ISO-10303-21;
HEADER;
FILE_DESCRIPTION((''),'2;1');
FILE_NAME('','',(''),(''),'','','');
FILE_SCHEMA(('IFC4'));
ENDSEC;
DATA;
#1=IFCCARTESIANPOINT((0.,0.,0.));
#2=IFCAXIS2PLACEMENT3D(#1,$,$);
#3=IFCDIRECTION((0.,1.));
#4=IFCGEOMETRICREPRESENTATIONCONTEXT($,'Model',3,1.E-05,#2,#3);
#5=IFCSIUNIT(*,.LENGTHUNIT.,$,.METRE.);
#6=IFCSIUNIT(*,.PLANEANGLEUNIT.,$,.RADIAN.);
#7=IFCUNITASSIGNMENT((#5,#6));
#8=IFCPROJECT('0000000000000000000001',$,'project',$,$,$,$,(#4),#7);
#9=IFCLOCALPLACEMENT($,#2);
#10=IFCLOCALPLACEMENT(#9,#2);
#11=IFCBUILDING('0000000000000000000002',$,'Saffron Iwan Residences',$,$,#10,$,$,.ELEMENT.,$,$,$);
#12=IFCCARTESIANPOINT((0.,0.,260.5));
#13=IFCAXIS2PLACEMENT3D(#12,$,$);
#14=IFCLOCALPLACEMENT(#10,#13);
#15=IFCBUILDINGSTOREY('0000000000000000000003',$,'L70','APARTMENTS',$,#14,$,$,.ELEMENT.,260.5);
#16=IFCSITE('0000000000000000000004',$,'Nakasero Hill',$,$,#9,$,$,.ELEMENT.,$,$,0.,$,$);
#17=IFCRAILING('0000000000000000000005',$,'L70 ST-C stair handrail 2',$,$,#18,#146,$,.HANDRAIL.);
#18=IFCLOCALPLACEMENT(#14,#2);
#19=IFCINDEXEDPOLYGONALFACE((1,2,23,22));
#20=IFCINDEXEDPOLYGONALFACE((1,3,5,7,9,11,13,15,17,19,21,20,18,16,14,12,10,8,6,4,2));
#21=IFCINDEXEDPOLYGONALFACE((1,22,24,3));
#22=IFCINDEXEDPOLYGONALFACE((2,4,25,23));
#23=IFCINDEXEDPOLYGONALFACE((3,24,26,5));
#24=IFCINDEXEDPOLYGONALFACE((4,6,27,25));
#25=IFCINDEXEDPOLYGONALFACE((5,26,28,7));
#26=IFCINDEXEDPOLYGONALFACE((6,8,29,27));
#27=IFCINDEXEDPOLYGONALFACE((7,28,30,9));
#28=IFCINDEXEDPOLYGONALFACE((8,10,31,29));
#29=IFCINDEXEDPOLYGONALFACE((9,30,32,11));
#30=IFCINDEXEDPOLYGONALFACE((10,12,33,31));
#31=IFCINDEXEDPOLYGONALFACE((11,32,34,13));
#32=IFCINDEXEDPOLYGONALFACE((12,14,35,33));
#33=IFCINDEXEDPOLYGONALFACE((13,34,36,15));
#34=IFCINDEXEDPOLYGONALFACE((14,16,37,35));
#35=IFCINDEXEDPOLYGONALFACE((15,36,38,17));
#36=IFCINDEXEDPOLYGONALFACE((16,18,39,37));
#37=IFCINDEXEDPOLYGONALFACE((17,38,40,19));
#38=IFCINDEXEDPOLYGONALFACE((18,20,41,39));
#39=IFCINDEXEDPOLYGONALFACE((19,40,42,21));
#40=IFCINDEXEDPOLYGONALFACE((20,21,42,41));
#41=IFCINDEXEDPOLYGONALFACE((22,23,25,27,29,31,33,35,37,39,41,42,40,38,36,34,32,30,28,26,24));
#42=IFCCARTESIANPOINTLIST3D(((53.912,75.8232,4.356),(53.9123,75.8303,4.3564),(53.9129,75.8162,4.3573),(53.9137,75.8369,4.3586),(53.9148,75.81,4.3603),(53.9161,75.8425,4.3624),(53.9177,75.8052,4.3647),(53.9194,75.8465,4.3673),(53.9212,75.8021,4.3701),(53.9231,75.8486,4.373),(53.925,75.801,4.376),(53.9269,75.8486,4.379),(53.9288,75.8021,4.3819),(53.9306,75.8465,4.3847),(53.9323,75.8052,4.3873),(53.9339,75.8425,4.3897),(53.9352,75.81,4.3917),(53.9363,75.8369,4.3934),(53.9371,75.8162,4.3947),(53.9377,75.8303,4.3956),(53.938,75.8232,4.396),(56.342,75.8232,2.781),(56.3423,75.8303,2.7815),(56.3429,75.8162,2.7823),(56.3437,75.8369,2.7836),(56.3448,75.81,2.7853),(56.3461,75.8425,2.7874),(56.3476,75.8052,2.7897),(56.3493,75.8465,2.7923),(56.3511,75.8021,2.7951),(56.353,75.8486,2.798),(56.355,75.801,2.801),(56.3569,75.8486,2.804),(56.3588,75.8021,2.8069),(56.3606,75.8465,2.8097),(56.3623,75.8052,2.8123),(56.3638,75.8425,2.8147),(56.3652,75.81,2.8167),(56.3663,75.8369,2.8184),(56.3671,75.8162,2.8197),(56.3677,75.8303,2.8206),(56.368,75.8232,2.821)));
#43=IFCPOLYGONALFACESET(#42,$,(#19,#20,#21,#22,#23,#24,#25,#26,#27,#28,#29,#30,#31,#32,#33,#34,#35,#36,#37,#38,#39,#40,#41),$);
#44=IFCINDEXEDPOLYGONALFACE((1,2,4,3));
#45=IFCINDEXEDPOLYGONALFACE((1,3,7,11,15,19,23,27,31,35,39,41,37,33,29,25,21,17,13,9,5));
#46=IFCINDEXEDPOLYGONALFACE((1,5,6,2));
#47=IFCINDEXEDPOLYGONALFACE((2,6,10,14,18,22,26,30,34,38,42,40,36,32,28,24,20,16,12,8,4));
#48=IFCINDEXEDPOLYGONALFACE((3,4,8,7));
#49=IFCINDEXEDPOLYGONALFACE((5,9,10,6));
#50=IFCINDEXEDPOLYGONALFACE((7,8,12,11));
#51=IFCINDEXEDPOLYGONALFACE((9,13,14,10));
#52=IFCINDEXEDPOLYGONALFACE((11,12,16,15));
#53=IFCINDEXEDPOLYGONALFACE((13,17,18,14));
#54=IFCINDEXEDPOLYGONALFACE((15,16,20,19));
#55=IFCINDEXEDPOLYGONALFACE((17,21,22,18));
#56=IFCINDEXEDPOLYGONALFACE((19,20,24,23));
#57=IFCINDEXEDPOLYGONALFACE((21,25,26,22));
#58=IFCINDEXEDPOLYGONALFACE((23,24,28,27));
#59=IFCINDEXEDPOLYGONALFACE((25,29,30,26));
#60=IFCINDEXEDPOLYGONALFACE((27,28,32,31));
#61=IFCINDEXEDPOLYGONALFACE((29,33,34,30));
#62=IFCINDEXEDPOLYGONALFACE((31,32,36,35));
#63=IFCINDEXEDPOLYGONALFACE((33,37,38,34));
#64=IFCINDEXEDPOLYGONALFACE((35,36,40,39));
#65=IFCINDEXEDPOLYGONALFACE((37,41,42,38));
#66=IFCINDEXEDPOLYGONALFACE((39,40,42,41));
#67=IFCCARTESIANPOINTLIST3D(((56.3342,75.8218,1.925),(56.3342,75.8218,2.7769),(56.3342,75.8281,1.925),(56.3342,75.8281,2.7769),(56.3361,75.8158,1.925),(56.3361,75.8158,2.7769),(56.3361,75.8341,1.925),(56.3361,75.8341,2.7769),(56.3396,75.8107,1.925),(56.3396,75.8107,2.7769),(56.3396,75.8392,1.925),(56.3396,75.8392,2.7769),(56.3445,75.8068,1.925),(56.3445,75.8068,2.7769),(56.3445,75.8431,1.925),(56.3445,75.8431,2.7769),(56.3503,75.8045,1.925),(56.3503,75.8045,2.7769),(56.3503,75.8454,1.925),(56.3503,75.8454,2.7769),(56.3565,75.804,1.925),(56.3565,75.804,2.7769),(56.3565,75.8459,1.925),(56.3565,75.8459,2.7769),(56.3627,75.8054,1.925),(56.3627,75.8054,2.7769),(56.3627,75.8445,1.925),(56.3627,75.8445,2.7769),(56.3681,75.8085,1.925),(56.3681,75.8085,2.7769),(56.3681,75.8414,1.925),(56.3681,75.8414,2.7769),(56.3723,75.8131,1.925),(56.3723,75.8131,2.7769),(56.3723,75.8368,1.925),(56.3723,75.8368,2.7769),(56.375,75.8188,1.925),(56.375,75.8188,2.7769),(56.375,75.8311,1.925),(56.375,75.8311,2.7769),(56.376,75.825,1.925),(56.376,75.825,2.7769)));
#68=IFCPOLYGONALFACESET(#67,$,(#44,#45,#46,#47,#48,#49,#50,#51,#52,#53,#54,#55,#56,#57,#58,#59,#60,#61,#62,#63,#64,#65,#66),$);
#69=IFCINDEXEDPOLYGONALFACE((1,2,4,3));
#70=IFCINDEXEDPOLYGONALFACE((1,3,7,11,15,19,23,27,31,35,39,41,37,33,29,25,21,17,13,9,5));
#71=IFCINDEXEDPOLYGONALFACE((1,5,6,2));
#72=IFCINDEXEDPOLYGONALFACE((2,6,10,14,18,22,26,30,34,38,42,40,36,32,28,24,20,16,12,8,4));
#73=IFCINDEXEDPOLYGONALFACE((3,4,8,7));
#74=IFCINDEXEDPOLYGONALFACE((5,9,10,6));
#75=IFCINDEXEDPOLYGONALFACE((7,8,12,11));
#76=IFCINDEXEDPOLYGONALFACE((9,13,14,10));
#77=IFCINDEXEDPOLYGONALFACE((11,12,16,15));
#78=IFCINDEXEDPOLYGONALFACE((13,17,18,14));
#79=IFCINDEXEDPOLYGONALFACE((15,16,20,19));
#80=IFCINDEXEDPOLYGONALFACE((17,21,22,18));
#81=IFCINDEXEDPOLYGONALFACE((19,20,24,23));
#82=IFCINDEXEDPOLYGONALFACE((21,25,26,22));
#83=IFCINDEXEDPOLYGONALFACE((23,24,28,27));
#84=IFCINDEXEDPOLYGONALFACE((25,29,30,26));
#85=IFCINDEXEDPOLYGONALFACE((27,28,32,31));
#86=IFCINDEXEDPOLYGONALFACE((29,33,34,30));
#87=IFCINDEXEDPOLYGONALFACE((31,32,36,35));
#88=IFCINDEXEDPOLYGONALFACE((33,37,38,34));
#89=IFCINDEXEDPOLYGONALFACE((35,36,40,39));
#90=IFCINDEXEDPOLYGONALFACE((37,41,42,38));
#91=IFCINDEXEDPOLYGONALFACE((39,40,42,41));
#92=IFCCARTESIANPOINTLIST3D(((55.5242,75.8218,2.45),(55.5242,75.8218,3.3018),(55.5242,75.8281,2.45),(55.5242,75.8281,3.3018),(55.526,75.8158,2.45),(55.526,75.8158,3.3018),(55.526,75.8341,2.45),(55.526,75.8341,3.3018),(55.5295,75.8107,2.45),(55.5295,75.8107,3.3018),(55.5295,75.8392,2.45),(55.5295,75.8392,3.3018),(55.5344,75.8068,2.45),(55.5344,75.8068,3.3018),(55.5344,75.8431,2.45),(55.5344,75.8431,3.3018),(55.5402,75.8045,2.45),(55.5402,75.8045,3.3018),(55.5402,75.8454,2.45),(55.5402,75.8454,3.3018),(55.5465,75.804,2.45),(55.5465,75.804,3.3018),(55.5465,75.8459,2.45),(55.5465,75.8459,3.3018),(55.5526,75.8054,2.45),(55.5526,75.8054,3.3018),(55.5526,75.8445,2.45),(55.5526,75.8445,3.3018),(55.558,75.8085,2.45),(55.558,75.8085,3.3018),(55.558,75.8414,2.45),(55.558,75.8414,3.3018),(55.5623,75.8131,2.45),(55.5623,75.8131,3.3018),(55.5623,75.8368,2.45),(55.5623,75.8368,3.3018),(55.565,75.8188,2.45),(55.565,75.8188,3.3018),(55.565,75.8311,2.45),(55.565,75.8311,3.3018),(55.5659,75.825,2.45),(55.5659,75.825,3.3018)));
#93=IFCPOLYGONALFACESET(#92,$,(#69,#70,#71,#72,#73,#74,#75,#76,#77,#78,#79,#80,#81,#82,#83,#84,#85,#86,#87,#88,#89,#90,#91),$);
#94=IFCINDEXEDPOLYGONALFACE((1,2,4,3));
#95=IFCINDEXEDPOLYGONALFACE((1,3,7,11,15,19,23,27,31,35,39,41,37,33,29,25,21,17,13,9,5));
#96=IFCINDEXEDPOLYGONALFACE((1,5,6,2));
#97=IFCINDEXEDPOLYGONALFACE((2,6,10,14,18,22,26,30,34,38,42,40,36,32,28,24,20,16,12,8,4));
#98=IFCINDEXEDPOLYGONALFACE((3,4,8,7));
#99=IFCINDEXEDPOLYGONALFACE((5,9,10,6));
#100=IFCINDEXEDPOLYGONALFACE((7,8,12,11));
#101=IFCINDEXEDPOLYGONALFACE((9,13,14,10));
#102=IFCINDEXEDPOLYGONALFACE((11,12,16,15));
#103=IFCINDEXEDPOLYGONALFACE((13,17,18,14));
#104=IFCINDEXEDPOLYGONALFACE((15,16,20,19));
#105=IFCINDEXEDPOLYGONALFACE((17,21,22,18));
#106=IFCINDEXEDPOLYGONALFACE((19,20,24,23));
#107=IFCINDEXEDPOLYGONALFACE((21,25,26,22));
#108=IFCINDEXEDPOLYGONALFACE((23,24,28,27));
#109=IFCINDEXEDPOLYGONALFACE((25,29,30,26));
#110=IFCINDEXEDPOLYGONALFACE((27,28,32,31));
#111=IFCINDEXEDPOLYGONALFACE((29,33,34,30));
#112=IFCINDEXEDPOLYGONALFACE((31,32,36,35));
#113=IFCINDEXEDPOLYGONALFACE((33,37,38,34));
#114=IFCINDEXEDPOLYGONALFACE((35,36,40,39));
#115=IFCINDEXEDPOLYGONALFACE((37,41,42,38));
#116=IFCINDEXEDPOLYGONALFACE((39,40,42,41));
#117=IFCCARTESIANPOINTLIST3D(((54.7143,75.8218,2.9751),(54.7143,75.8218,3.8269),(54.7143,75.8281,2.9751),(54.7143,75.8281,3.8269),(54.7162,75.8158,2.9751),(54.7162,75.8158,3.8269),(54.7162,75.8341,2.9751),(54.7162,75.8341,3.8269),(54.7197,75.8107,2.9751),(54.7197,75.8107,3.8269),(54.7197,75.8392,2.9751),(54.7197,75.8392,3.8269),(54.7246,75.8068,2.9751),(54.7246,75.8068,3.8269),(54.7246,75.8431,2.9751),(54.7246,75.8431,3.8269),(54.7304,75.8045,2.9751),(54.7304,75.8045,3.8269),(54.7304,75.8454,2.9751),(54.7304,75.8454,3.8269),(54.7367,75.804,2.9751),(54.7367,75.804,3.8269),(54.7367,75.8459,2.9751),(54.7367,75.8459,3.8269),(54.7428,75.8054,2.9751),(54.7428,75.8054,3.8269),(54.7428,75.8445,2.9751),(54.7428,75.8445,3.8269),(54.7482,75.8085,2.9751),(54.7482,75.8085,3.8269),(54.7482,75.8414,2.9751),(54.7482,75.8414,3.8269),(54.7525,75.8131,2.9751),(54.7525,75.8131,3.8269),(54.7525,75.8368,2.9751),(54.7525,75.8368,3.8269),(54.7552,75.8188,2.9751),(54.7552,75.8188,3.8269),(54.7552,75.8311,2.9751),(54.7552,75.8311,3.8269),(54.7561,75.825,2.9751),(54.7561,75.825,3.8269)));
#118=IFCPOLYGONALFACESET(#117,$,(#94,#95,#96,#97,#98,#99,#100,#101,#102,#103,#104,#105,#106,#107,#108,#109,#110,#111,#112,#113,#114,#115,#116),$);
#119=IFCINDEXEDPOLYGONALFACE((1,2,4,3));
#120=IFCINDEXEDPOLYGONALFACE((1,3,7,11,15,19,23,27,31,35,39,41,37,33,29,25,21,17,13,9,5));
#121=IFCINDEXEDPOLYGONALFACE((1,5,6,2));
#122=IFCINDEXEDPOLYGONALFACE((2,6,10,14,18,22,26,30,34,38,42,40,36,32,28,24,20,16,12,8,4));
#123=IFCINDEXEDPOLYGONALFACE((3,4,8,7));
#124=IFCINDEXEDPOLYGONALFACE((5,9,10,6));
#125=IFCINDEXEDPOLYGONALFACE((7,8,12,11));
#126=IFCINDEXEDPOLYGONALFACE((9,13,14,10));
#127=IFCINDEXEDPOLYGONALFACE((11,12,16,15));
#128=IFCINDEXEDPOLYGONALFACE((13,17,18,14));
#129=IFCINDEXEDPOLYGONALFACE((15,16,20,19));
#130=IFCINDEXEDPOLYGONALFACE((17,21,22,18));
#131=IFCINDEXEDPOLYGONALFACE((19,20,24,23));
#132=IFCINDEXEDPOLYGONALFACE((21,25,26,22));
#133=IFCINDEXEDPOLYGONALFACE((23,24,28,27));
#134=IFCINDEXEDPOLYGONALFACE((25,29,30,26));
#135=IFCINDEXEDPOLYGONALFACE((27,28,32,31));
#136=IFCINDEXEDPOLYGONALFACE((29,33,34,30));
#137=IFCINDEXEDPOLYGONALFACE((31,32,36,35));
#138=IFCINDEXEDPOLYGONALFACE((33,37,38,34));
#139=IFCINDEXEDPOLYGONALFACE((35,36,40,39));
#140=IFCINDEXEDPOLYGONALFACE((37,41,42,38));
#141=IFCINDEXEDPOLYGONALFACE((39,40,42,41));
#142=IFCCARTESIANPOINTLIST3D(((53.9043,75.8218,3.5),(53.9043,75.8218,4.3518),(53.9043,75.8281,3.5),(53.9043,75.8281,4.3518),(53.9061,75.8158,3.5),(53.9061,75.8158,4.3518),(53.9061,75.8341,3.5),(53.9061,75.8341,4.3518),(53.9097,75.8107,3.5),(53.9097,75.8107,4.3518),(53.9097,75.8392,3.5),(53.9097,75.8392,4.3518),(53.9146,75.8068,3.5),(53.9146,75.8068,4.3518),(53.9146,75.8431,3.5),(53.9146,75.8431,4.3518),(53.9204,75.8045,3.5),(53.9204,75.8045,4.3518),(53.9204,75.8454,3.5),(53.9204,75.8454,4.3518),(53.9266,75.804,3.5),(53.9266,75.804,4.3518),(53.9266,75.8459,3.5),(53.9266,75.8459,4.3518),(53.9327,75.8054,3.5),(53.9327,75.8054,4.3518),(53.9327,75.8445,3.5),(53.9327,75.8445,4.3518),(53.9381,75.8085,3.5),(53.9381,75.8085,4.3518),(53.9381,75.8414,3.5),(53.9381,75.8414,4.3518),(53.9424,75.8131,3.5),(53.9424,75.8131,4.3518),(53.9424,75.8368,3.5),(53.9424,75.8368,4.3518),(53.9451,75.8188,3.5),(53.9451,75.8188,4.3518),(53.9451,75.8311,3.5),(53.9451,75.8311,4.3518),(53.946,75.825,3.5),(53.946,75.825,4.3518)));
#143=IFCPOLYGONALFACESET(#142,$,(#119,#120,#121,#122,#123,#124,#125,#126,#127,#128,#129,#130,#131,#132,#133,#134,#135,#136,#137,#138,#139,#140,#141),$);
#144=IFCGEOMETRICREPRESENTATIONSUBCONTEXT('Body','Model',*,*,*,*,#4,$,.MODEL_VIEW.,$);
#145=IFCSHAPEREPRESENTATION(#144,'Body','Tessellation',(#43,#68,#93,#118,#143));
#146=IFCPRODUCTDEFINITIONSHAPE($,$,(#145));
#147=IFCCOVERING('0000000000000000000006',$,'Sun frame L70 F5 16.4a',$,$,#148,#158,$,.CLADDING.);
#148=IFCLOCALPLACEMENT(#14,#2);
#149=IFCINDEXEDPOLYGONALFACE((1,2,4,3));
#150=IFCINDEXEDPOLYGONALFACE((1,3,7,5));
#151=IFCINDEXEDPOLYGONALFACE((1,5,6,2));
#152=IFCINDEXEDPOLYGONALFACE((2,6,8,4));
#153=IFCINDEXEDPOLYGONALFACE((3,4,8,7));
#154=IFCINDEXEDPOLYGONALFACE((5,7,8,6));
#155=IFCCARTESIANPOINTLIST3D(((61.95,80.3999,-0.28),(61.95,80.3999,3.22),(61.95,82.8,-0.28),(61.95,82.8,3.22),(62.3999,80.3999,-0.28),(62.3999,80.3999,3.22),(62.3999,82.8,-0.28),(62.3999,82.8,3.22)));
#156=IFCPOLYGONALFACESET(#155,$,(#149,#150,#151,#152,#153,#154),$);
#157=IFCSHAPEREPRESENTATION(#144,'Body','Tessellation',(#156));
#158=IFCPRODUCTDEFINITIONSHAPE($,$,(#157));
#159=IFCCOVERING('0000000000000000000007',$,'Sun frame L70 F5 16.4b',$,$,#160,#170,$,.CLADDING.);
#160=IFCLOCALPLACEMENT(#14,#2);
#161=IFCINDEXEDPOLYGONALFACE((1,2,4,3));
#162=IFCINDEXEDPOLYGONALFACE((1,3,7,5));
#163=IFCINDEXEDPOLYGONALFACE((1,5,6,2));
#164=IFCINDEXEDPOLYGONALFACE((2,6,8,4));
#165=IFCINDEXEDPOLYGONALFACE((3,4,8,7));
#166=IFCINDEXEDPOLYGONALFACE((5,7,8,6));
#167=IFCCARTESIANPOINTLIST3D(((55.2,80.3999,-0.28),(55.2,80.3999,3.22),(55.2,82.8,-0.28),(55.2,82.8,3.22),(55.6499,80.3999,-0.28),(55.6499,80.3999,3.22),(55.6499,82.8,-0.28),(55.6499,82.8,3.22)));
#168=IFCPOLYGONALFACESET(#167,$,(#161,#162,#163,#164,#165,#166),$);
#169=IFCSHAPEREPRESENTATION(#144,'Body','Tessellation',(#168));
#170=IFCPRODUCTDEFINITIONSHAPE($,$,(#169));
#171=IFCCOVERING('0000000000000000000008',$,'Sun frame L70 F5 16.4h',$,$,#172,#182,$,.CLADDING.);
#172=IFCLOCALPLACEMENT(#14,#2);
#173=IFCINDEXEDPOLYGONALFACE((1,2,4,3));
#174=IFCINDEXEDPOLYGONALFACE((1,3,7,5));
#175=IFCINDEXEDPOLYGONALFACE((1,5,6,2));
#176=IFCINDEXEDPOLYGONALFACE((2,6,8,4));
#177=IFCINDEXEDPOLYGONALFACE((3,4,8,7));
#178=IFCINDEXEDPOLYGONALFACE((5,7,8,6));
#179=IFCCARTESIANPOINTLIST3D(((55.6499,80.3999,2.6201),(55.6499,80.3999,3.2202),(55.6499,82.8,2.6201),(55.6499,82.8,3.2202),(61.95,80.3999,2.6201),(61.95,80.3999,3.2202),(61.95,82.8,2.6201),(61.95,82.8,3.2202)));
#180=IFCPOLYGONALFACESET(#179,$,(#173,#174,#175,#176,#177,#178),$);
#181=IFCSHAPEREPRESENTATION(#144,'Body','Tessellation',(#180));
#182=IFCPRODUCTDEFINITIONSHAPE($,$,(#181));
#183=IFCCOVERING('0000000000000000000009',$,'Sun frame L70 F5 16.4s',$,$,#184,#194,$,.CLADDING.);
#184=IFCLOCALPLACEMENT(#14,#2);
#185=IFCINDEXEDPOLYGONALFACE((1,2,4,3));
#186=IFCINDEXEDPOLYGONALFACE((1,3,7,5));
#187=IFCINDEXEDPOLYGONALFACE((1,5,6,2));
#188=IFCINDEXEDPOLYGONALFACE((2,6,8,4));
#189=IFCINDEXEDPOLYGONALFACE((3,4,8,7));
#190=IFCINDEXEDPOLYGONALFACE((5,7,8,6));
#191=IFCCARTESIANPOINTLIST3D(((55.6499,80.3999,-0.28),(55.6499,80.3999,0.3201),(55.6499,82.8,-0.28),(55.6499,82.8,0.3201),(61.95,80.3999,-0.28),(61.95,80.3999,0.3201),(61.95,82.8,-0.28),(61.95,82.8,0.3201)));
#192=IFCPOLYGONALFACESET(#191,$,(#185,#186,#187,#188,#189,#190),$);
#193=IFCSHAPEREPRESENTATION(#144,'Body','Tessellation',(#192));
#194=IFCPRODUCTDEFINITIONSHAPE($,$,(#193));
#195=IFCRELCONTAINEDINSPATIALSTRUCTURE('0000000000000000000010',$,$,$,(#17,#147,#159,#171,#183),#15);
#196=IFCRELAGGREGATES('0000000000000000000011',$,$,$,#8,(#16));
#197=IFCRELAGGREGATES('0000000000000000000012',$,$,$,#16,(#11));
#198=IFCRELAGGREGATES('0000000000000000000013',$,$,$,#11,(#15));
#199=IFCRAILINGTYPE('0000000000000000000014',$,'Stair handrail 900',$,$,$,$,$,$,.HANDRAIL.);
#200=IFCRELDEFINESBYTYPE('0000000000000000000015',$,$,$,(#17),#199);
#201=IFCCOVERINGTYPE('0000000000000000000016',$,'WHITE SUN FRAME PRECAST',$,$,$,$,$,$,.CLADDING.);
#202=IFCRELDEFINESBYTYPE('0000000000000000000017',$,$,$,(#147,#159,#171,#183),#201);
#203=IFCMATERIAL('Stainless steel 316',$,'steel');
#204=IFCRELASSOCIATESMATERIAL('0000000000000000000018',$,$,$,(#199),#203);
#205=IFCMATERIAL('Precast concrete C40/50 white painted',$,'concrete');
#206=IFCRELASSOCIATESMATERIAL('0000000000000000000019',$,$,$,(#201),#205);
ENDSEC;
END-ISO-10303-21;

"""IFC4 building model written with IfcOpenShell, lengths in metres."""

from ifc_helpers import new_model, si_unit, direction, frame, origin, origin_2d, place, context, subcontext, project, spatial, polyline, circle, outline, extrude, material, type_object, element, save


model = new_model("IFC4")

# Units and contexts
model_context = context("Model", 3, precision=1e-05, world=origin(), true_north=direction((0.0, 1.0)))
body_context = subcontext(model_context, "Body", "Model", "MODEL_VIEW")
ifc_project = project(units=[si_unit("LENGTHUNIT", "METRE"), si_unit("PLANEANGLEUNIT", "RADIAN")], contexts=[model_context])

# Site, building, storey
site_placement = place(None, origin())
site = spatial("IfcSite", under=ifc_project, at=site_placement, Name="Nakasero Hill", CompositionType="ELEMENT", RefElevation=0.0)
building_placement = place(site_placement, origin())
building = spatial("IfcBuilding", under=site, at=building_placement, Name="Saffron Iwan Residences", CompositionType="ELEMENT")
storey_placement = place(building_placement, frame((0.0, 0.0, 260.5)))
storey = spatial("IfcBuildingStorey", under=building, at=storey_placement, Name="L70", Description="APARTMENTS", CompositionType="ELEMENT", Elevation=260.5)

# Railing
ifc_material_1 = material(Name="Stainless steel 316", Category="steel")
railing_type = type_object("IfcRailingType", Name="Stair handrail 900", PredefinedType="HANDRAIL", material=ifc_material_1)
railing_placement = place(storey_placement, frame((56.355, 75.825, 1.925)))
element("IfcRailing", 1, at=railing_placement, inside=storey, type_object=railing_type, Name="L70 ST-C stair handrail 2", PredefinedType="HANDRAIL", context=body_context, shape_type="SweptSolid", body=[
    extrude(circle(Radius=0.0239, at=origin_2d()), frame((0.0, 0.0, 0.876), z_axis=(-0.839154, 0.0, 0.543894), x_axis=(0.0, -1.0, 0.0)), (0.0, 0.0, 1.0), 2.8958),
    extrude(circle(Radius=0.021, at=origin_2d()), origin(), (0.0, 0.0, 1.0), 0.8518),
    extrude(circle(Radius=0.021, at=origin_2d()), frame((-0.8101, 0.0, 0.5249)), (0.0, 0.0, 1.0), 0.8518),
    extrude(circle(Radius=0.021, at=origin_2d()), frame((-1.6199, 0.0, 1.05)), (0.0, 0.0, 1.0), 0.8518),
    extrude(circle(Radius=0.021, at=origin_2d()), frame((-2.4299, 0.0, 1.575)), (0.0, 0.0, 1.0), 0.8518),
])

# Coverings
ifc_material_2 = material(Name="Precast concrete C40/50 white painted", Category="concrete")
covering_type = type_object("IfcCoveringType", Name="WHITE SUN FRAME PRECAST", PredefinedType="CLADDING", material=ifc_material_2)
for number, where, z_axis, x_axis, name in (
    (2, (62.3999, 80.3999, -0.28), (0.0, 1.0, 0.0), (-1.0, 0.0, 0.0), "Sun frame L70 F5 16.4a"),
    (3, (55.6499, 80.3999, -0.28), (0.0, 1.0, 0.0), (-1.0, 0.0, 0.0), "Sun frame L70 F5 16.4b"),
):
    element("IfcCovering", number, at=place(storey_placement, frame(where, z_axis=z_axis, x_axis=x_axis)), inside=storey, type_object=covering_type, Name=name, PredefinedType="CLADDING", context=body_context, shape_type="SweptSolid", body=[
        extrude(outline(polyline([(0.0, 0.0), (0.45, 0.0), (0.45, 3.5), (0.0, 3.5), (0.0, 0.0)])), origin(), (0.0, 0.0, 1.0), 2.4001),
    ])
for number, where, z_axis, x_axis, name in (
    (4, (61.95, 80.3999, 2.6201), (0.0, 1.0, 0.0), (-1.0, 0.0, 0.0), "Sun frame L70 F5 16.4h"),
    (5, (61.95, 80.3999, -0.28), (0.0, 1.0, 0.0), (-1.0, 0.0, 0.0), "Sun frame L70 F5 16.4s"),
):
    element("IfcCovering", number, at=place(storey_placement, frame(where, z_axis=z_axis, x_axis=x_axis)), inside=storey, type_object=covering_type, Name=name, PredefinedType="CLADDING", context=body_context, shape_type="SweptSolid", body=[
        extrude(outline(polyline([(0.0, 0.0), (6.3, 0.0), (6.3, 0.6001), (0.0, 0.6001), (0.0, 0.0)])), origin(), (0.0, 0.0, 1.0), 2.4001),
    ])

save(model, "model.ifc")
